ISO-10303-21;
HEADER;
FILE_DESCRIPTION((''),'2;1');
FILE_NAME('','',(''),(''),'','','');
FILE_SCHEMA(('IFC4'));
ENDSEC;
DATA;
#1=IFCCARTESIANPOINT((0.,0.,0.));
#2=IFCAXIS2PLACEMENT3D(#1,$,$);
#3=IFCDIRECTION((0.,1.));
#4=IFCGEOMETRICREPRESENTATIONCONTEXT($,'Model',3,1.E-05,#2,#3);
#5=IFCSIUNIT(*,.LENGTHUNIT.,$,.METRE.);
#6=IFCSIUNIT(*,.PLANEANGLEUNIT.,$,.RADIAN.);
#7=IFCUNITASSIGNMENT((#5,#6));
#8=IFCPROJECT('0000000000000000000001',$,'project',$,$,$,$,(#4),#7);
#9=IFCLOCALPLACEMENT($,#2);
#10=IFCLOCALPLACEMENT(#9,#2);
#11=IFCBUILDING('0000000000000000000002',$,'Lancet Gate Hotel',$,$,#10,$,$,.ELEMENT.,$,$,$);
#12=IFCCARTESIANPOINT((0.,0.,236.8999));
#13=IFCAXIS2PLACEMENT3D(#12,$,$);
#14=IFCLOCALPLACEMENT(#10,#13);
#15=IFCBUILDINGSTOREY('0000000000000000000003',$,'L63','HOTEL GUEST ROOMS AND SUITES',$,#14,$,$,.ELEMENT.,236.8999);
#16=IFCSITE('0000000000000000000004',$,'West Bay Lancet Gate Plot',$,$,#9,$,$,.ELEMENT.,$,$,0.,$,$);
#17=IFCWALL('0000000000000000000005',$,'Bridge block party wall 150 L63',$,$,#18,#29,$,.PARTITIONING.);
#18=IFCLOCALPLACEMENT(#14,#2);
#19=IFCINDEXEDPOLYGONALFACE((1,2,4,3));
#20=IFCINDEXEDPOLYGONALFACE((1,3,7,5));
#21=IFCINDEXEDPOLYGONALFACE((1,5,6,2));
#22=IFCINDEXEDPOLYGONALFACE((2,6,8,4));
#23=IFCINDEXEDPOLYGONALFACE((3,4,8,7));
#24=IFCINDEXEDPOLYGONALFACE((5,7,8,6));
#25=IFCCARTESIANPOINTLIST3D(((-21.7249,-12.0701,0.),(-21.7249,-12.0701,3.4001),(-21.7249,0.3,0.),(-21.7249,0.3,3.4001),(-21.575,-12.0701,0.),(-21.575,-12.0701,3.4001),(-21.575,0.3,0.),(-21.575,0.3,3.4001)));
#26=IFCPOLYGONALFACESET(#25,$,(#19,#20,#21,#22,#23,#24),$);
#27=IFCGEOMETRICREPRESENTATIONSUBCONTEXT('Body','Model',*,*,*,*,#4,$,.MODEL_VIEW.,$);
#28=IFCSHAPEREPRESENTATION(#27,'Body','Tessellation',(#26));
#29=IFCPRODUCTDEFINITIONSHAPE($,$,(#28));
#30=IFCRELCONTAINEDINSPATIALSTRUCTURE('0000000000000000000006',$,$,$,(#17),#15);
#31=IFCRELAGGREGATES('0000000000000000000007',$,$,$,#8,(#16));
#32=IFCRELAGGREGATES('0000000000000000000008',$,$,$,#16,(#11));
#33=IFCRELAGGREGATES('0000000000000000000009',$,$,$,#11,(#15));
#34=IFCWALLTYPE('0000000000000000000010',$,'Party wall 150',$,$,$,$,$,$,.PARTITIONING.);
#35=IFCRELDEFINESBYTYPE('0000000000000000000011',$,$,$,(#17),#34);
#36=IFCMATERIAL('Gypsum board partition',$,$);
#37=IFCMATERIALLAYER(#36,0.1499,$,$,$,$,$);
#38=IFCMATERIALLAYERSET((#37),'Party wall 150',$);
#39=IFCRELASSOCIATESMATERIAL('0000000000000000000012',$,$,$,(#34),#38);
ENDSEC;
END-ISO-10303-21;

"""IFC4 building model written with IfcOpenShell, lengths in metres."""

from ifc_helpers import new_model, si_unit, direction, frame, frame_2d, origin, place, context, subcontext, project, spatial, rectangle, extrude, material, layer, layer_set, type_object, element, save


model = new_model("IFC4")

# Units and contexts
model_context = context("Model", 3, precision=1e-05, world=origin(), true_north=direction((0.0, 1.0)))
body_context = subcontext(model_context, "Body", "Model", "MODEL_VIEW")
ifc_project = project(units=[si_unit("LENGTHUNIT", "METRE"), si_unit("PLANEANGLEUNIT", "RADIAN")], contexts=[model_context])

# Site, building, storey
site_placement = place(None, origin())
site = spatial("IfcSite", under=ifc_project, at=site_placement, Name="West Bay Lancet Gate Plot", CompositionType="ELEMENT", RefElevation=0.0)
building_placement = place(site_placement, origin())
building = spatial("IfcBuilding", under=site, at=building_placement, Name="Lancet Gate Hotel", CompositionType="ELEMENT")
storey_placement = place(building_placement, frame((0.0, 0.0, 236.8999)))
storey = spatial("IfcBuildingStorey", under=building, at=storey_placement, Name="L63", Description="HOTEL GUEST ROOMS AND SUITES", CompositionType="ELEMENT", Elevation=236.8999)

# Wall
ifc_material_1 = material(Name="Gypsum board partition")
ifc_layer_1 = layer(ifc_material_1, 0.1499)
ifc_layer_set_1 = layer_set([ifc_layer_1], Name="Party wall 150")
wall_type_1 = type_object("IfcWallType", Name="Party wall 150", PredefinedType="PARTITIONING", material=ifc_layer_set_1)
wall_1_placement = place(storey_placement, frame((-21.6499, -12.0701, 0.0), z_axis=(0.0, 0.0, 1.0), x_axis=(0.0, 1.0, 0.0)))
element("IfcWall", 1, at=wall_1_placement, inside=storey, type_object=wall_type_1, Name="Bridge block party wall 150 L63", PredefinedType="PARTITIONING", context=body_context, shape_type="SweptSolid", body=[
    extrude(rectangle(XDim=12.3701, YDim=0.1499, at=frame_2d((6.1851, 0.0))), origin(), (0.0, 0.0, 1.0), 3.4001),
])

save(model, "model.ifc")
